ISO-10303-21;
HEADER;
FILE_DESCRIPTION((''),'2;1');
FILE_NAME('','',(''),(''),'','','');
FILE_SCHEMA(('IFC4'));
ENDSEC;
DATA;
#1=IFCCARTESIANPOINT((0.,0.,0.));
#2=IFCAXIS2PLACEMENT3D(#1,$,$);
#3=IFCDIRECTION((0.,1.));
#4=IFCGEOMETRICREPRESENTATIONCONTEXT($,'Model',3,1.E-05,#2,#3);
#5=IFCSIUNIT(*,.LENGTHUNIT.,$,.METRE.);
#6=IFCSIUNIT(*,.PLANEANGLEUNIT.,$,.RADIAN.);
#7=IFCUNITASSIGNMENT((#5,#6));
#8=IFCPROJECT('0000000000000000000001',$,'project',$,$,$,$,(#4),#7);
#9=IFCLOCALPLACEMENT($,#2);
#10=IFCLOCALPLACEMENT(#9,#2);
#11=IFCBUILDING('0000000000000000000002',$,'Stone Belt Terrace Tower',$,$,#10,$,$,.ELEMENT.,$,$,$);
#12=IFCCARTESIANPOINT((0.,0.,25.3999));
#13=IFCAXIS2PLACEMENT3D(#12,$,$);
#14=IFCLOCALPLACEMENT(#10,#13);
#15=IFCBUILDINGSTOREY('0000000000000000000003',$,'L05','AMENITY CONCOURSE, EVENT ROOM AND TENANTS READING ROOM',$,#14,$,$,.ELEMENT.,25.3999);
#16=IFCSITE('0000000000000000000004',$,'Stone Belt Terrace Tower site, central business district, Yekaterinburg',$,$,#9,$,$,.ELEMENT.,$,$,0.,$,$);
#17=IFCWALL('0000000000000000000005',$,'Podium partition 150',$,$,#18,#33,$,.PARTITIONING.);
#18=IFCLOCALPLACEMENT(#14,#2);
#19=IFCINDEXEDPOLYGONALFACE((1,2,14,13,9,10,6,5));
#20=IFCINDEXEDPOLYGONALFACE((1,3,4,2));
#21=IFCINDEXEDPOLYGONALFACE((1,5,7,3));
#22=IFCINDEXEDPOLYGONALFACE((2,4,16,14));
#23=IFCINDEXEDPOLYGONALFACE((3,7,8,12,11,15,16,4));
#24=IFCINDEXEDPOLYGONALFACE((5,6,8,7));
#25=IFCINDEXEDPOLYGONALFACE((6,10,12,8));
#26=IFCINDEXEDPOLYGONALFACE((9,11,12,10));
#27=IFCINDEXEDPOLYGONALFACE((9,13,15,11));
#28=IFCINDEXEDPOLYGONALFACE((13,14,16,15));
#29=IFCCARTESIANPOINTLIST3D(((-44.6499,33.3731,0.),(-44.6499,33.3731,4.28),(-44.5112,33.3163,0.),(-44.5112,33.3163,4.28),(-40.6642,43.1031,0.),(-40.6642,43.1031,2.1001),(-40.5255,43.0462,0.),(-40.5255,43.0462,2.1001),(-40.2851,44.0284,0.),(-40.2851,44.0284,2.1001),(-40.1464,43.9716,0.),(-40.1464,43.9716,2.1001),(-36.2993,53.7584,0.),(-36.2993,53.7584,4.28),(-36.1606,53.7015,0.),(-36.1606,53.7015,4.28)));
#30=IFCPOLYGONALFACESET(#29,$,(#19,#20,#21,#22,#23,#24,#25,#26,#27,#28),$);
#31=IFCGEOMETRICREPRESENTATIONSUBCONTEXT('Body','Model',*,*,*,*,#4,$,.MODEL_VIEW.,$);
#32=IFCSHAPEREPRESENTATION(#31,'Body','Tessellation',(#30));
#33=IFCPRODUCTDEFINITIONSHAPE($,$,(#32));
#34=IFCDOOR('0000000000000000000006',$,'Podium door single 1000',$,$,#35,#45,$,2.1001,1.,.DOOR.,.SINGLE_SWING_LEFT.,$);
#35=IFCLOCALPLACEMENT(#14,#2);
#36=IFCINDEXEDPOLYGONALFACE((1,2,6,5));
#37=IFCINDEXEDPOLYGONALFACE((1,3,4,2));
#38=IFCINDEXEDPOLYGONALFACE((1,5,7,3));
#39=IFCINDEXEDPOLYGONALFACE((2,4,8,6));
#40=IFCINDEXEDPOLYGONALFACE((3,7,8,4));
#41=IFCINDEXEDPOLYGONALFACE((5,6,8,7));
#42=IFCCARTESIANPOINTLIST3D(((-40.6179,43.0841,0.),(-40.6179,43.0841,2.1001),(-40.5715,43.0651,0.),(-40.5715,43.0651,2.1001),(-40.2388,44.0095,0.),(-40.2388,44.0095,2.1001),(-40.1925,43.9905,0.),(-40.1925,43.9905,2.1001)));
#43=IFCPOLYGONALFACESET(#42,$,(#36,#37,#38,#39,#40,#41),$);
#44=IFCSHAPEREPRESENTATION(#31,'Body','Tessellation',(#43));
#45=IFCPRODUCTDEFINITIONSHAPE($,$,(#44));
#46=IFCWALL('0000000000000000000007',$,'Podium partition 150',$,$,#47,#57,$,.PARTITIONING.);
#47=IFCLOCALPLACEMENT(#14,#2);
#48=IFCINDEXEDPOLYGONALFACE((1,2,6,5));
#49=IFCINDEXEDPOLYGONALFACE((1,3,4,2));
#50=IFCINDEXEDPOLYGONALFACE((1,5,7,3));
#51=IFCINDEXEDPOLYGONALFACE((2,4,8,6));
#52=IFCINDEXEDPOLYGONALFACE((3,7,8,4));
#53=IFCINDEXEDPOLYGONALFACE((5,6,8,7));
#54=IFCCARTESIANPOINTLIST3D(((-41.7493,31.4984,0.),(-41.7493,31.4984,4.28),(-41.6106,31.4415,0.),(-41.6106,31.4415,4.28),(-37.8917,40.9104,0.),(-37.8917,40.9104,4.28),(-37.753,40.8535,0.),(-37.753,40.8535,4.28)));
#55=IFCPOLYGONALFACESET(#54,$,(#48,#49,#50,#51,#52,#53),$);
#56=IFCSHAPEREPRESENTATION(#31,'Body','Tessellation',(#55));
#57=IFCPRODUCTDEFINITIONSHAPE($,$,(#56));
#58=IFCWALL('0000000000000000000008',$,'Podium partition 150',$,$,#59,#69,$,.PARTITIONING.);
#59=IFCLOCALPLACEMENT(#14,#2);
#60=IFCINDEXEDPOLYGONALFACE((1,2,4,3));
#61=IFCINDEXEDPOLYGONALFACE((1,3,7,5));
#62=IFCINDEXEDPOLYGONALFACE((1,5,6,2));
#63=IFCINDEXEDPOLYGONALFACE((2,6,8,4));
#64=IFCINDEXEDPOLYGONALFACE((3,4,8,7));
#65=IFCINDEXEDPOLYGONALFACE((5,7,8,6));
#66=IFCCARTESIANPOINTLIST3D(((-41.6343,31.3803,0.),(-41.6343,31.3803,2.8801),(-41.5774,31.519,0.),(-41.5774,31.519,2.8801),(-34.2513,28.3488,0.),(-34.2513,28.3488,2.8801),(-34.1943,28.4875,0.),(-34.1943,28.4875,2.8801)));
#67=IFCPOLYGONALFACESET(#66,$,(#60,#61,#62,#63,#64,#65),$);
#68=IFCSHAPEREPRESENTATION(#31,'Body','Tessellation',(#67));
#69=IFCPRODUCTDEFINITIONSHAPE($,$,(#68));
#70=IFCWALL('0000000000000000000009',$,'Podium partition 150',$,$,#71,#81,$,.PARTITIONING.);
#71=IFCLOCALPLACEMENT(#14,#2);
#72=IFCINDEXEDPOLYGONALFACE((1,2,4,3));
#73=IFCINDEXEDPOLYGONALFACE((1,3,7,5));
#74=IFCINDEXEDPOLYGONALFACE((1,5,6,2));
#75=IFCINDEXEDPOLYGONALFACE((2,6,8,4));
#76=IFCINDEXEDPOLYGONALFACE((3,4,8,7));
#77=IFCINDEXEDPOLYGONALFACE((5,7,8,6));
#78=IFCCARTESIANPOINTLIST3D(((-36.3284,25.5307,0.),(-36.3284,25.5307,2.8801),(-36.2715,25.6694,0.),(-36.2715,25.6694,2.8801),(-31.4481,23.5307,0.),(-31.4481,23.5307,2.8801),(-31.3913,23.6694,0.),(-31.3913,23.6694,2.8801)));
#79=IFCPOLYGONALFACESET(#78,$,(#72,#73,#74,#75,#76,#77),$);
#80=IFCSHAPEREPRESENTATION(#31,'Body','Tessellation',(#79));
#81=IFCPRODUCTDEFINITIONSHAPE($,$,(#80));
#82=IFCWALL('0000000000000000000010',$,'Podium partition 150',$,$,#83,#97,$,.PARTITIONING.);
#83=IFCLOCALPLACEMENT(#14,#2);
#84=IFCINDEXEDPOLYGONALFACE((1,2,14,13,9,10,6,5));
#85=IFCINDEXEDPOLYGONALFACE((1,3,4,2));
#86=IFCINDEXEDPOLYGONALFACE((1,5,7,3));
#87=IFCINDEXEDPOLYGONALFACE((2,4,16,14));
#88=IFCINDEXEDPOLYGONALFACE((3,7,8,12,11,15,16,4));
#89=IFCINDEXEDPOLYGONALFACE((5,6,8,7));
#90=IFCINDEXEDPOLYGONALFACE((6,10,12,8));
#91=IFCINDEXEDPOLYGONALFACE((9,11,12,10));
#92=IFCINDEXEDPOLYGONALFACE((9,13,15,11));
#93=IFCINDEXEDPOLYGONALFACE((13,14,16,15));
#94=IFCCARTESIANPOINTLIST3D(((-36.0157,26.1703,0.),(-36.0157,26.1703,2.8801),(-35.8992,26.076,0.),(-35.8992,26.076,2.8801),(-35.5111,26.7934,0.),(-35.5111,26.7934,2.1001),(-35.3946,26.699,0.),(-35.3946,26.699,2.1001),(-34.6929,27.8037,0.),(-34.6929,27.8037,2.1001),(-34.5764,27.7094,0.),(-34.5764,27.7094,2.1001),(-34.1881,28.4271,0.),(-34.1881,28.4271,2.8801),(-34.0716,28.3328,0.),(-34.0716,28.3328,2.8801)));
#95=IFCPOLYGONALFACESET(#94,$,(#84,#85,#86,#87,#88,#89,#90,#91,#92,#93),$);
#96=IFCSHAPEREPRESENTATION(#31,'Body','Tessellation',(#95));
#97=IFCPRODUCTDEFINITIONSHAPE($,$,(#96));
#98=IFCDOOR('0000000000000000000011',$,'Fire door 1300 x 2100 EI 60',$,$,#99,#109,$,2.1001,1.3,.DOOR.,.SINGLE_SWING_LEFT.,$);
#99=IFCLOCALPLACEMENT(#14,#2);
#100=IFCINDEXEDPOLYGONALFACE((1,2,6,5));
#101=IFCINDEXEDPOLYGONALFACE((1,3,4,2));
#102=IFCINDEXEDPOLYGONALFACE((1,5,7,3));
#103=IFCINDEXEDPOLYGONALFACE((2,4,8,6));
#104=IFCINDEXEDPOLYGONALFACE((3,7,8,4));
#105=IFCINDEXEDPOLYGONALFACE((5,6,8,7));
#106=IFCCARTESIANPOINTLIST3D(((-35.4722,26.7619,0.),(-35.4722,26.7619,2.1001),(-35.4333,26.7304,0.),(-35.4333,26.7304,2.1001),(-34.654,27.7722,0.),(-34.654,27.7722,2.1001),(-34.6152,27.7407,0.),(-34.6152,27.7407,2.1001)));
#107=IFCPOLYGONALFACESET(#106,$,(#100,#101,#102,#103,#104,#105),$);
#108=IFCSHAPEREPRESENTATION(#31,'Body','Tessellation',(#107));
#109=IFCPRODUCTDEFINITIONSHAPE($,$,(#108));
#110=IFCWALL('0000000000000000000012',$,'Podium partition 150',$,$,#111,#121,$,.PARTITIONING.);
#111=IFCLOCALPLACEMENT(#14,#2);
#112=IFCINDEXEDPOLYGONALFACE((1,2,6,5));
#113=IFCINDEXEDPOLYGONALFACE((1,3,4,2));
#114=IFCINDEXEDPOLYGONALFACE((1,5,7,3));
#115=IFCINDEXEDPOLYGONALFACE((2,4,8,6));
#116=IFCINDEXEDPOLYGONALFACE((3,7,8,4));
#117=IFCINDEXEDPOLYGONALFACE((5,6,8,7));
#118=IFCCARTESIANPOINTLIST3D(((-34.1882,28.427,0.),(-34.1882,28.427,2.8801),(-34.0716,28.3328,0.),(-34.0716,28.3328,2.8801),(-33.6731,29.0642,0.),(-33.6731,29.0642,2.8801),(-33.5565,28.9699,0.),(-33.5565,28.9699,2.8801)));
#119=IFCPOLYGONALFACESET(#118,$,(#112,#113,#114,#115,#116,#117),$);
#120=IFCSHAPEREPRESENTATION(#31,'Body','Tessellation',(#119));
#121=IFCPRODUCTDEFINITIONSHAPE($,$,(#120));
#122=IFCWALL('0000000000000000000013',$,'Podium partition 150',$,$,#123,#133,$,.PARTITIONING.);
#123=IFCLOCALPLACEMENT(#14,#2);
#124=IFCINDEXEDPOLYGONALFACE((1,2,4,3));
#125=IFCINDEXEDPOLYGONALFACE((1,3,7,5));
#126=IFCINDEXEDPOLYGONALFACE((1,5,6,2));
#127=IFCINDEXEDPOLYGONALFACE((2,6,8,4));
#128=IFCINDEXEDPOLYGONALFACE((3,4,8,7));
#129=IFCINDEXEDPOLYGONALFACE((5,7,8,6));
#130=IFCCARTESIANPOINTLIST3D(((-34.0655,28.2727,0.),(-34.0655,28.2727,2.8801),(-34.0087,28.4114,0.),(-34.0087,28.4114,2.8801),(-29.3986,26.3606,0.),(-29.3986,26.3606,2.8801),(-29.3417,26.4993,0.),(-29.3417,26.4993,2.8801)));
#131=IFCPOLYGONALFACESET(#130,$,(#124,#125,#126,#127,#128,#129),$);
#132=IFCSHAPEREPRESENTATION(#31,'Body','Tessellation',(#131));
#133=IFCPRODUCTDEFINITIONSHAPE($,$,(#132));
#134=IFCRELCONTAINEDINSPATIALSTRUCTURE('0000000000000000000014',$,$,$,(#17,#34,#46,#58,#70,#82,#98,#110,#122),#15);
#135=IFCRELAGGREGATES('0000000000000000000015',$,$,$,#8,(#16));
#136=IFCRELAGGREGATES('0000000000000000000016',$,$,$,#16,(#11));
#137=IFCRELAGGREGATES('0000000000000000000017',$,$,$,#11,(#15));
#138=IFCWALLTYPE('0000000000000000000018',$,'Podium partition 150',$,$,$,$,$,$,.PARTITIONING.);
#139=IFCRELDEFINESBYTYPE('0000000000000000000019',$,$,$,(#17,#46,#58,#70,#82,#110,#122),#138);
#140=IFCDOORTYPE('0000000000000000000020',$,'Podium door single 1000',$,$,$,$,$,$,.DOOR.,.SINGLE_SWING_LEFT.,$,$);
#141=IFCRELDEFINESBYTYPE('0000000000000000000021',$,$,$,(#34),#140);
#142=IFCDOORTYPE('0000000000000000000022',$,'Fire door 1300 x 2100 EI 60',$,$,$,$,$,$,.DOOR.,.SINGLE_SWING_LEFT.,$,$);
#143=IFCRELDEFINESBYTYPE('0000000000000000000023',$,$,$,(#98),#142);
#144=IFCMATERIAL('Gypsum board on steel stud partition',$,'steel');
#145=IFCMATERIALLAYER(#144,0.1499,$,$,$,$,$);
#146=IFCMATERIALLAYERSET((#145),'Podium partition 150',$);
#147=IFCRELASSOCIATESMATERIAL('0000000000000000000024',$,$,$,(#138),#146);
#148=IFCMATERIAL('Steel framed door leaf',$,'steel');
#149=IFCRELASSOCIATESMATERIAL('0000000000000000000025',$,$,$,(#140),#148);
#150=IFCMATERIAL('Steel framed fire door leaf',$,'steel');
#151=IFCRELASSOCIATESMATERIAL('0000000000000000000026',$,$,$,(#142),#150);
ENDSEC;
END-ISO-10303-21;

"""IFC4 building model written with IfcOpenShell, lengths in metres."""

from ifc_helpers import new_model, si_unit, direction, frame, frame_2d, origin, place, context, subcontext, project, spatial, rectangle, extrude, material, layer, layer_set, type_object, element, fill, save


model = new_model("IFC4")

# Units and contexts
model_context = context("Model", 3, precision=1e-05, world=origin(), true_north=direction((0.0, 1.0)))
body_context = subcontext(model_context, "Body", "Model", "MODEL_VIEW")
ifc_project = project(units=[si_unit("LENGTHUNIT", "METRE"), si_unit("PLANEANGLEUNIT", "RADIAN")], contexts=[model_context])

# Site, building, storey
site_placement = place(None, origin())
site = spatial("IfcSite", under=ifc_project, at=site_placement, Name="Stone Belt Terrace Tower site, central business district, Yekaterinburg", CompositionType="ELEMENT", RefElevation=0.0)
building_placement = place(site_placement, origin())
building = spatial("IfcBuilding", under=site, at=building_placement, Name="Stone Belt Terrace Tower", CompositionType="ELEMENT")
storey_placement = place(building_placement, frame((0.0, 0.0, 25.3999)))
storey = spatial("IfcBuildingStorey", under=building, at=storey_placement, Name="L05", Description="AMENITY CONCOURSE, EVENT ROOM AND TENANTS READING ROOM", CompositionType="ELEMENT", Elevation=25.3999)

# Wall, opening, door
ifc_material_1 = material(Name="Gypsum board on steel stud partition", Category="steel")
ifc_layer_1 = layer(ifc_material_1, 0.1499)
ifc_layer_set_1 = layer_set([ifc_layer_1], Name="Podium partition 150")
wall_type_1 = type_object("IfcWallType", Name="Podium partition 150", PredefinedType="PARTITIONING", material=ifc_layer_set_1)
ifc_material_2 = material(Name="Steel framed door leaf", Category="steel")
door_type_1 = type_object("IfcDoorType", Name="Podium door single 1000", OperationType="SINGLE_SWING_LEFT", PredefinedType="DOOR", material=ifc_material_2)
wall_1_placement = place(storey_placement, frame((-44.5806, 33.3447, 0.0), z_axis=(0.0, 0.0, 1.0), x_axis=(0.379067, 0.925369, 0.0)))
wall_1 = element("IfcWall", 1, at=wall_1_placement, inside=storey, type_object=wall_type_1, Name="Podium partition 150", PredefinedType="PARTITIONING", context=body_context, shape_type="SweptSolid", body=[
    extrude(rectangle(XDim=22.0293, YDim=0.1499, at=frame_2d((11.0146, 0.0))), origin(), (0.0, 0.0, 1.0), 4.28),
])
opening_1_placement = place(wall_1_placement, frame((10.5146, 0.0, 0.0)))
opening_1 = element("IfcOpeningElement", 2, at=opening_1_placement, cuts=wall_1, PredefinedType="OPENING", context=body_context, shape_type="SweptSolid", body=[
    extrude(rectangle(XDim=1.0, YDim=2.1001, at=frame_2d((0.5, 1.05))), frame((0.0, 0.085, 0.0), z_axis=(0.0, -1.0, 0.0), x_axis=(1.0, 0.0, 0.0)), (0.0, 0.0, 1.0), 0.1699),
])
door_1_placement = place(opening_1_placement, origin())
door_1 = element("IfcDoor", 3, at=door_1_placement, inside=storey, type_object=door_type_1, Name="Podium door single 1000", OperationType="SINGLE_SWING_LEFT", OverallHeight=2.1001, OverallWidth=1.0, PredefinedType="DOOR", context=body_context, shape_type="SweptSolid", body=[
    extrude(rectangle(XDim=1.0, YDim=2.1001, at=frame_2d((0.5, 1.05))), frame((0.0, 0.0249, 0.0), z_axis=(0.0, -1.0, 0.0), x_axis=(1.0, 0.0, 0.0)), (0.0, 0.0, 1.0), 0.05),
])
fill(opening_1, door_1)

# Walls
wall_2_placement = place(storey_placement, frame((-41.6799, 31.47, 0.0), z_axis=(0.0, 0.0, 1.0), x_axis=(0.379244, 0.925297, 0.0)))
element("IfcWall", 4, at=wall_2_placement, inside=storey, type_object=wall_type_1, Name="Podium partition 150", PredefinedType="PARTITIONING", context=body_context, shape_type="SweptSolid", body=[
    extrude(rectangle(XDim=10.1719, YDim=0.1499, at=frame_2d((5.0859, 0.0))), origin(), (0.0, 0.0, 1.0), 4.28),
])
wall_3_placement = place(storey_placement, frame((-41.606, 31.4497, 0.0), z_axis=(0.0, 0.0, 1.0), x_axis=(0.925056, -0.37983, 0.0)))
element("IfcWall", 5, at=wall_3_placement, inside=storey, type_object=wall_type_1, Name="Podium partition 150", PredefinedType="PARTITIONING", context=body_context, shape_type="SweptSolid", body=[
    extrude(rectangle(XDim=7.9812, YDim=0.1499, at=frame_2d((3.9907, 0.0))), origin(), (0.0, 0.0, 1.0), 2.8801),
])
wall_4_placement = place(storey_placement, frame((-36.3, 25.6001, 0.0), z_axis=(0.0, 0.0, 1.0), x_axis=(0.925309, -0.379215, 0.0)))
element("IfcWall", 6, at=wall_4_placement, inside=storey, type_object=wall_type_1, Name="Podium partition 150", PredefinedType="PARTITIONING", context=body_context, shape_type="SweptSolid", body=[
    extrude(rectangle(XDim=5.2742, YDim=0.1499, at=frame_2d((2.6372, 0.0))), origin(), (0.0, 0.0, 1.0), 2.8801),
])

# Wall, opening, door
wall_5_placement = place(storey_placement, frame((-35.9575, 26.123, 0.0), z_axis=(0.0, 0.0, 1.0), x_axis=(0.629338, 0.777131, 0.0)))
wall_5 = element("IfcWall", 7, at=wall_5_placement, inside=storey, type_object=wall_type_1, Name="Podium partition 150", PredefinedType="PARTITIONING", context=body_context, shape_type="SweptSolid", body=[
    extrude(rectangle(XDim=2.9041, YDim=0.1499, at=frame_2d((1.4521, 0.0))), origin(), (0.0, 0.0, 1.0), 2.8801),
])
opening_2_placement = place(wall_5_placement, frame((0.802, 0.0, 0.0)))
opening_2 = element("IfcOpeningElement", 8, at=opening_2_placement, cuts=wall_5, PredefinedType="OPENING", context=body_context, shape_type="SweptSolid", body=[
    extrude(rectangle(XDim=1.3, YDim=2.1001, at=frame_2d((0.6499, 1.05))), frame((0.0, 0.085, 0.0), z_axis=(0.0, -1.0, 0.0), x_axis=(1.0, 0.0, 0.0)), (0.0, 0.0, 1.0), 0.1699),
])
ifc_material_3 = material(Name="Steel framed fire door leaf", Category="steel")
door_type_2 = type_object("IfcDoorType", Name="Fire door 1300 x 2100 EI 60", OperationType="SINGLE_SWING_LEFT", PredefinedType="DOOR", material=ifc_material_3)
door_2_placement = place(opening_2_placement, origin())
door_2 = element("IfcDoor", 9, at=door_2_placement, inside=storey, type_object=door_type_2, Name="Fire door 1300 x 2100 EI 60", OperationType="SINGLE_SWING_LEFT", OverallHeight=2.1001, OverallWidth=1.3, PredefinedType="DOOR", context=body_context, shape_type="SweptSolid", body=[
    extrude(rectangle(XDim=1.3, YDim=2.1001, at=frame_2d((0.6499, 1.05))), frame((0.0, 0.0249, 0.0), z_axis=(0.0, -1.0, 0.0), x_axis=(1.0, 0.0, 0.0)), (0.0, 0.0, 1.0), 0.05),
])
fill(opening_2, door_2)

# Walls
wall_6_placement = place(storey_placement, frame((-34.1299, 28.3799, 0.0), z_axis=(0.0, 0.0, 1.0), x_axis=(0.628684, 0.777661, 0.0)))
element("IfcWall", 10, at=wall_6_placement, inside=storey, type_object=wall_type_1, Name="Podium partition 150", PredefinedType="PARTITIONING", context=body_context, shape_type="SweptSolid", body=[
    extrude(rectangle(XDim=0.8193, YDim=0.1499, at=frame_2d((0.4097, 0.0))), origin(), (0.0, 0.0, 1.0), 2.8801),
])
wall_7_placement = place(storey_placement, frame((-34.0371, 28.342, 0.0), z_axis=(0.0, 0.0, 1.0), x_axis=(0.925346, -0.379123, 0.0)))
element("IfcWall", 11, at=wall_7_placement, inside=storey, type_object=wall_type_1, Name="Podium partition 150", PredefinedType="PARTITIONING", context=body_context, shape_type="SweptSolid", body=[
    extrude(rectangle(XDim=5.0435, YDim=0.1499, at=frame_2d((2.5217, 0.0))), origin(), (0.0, 0.0, 1.0), 2.8801),
])

save(model, "model.ifc")
